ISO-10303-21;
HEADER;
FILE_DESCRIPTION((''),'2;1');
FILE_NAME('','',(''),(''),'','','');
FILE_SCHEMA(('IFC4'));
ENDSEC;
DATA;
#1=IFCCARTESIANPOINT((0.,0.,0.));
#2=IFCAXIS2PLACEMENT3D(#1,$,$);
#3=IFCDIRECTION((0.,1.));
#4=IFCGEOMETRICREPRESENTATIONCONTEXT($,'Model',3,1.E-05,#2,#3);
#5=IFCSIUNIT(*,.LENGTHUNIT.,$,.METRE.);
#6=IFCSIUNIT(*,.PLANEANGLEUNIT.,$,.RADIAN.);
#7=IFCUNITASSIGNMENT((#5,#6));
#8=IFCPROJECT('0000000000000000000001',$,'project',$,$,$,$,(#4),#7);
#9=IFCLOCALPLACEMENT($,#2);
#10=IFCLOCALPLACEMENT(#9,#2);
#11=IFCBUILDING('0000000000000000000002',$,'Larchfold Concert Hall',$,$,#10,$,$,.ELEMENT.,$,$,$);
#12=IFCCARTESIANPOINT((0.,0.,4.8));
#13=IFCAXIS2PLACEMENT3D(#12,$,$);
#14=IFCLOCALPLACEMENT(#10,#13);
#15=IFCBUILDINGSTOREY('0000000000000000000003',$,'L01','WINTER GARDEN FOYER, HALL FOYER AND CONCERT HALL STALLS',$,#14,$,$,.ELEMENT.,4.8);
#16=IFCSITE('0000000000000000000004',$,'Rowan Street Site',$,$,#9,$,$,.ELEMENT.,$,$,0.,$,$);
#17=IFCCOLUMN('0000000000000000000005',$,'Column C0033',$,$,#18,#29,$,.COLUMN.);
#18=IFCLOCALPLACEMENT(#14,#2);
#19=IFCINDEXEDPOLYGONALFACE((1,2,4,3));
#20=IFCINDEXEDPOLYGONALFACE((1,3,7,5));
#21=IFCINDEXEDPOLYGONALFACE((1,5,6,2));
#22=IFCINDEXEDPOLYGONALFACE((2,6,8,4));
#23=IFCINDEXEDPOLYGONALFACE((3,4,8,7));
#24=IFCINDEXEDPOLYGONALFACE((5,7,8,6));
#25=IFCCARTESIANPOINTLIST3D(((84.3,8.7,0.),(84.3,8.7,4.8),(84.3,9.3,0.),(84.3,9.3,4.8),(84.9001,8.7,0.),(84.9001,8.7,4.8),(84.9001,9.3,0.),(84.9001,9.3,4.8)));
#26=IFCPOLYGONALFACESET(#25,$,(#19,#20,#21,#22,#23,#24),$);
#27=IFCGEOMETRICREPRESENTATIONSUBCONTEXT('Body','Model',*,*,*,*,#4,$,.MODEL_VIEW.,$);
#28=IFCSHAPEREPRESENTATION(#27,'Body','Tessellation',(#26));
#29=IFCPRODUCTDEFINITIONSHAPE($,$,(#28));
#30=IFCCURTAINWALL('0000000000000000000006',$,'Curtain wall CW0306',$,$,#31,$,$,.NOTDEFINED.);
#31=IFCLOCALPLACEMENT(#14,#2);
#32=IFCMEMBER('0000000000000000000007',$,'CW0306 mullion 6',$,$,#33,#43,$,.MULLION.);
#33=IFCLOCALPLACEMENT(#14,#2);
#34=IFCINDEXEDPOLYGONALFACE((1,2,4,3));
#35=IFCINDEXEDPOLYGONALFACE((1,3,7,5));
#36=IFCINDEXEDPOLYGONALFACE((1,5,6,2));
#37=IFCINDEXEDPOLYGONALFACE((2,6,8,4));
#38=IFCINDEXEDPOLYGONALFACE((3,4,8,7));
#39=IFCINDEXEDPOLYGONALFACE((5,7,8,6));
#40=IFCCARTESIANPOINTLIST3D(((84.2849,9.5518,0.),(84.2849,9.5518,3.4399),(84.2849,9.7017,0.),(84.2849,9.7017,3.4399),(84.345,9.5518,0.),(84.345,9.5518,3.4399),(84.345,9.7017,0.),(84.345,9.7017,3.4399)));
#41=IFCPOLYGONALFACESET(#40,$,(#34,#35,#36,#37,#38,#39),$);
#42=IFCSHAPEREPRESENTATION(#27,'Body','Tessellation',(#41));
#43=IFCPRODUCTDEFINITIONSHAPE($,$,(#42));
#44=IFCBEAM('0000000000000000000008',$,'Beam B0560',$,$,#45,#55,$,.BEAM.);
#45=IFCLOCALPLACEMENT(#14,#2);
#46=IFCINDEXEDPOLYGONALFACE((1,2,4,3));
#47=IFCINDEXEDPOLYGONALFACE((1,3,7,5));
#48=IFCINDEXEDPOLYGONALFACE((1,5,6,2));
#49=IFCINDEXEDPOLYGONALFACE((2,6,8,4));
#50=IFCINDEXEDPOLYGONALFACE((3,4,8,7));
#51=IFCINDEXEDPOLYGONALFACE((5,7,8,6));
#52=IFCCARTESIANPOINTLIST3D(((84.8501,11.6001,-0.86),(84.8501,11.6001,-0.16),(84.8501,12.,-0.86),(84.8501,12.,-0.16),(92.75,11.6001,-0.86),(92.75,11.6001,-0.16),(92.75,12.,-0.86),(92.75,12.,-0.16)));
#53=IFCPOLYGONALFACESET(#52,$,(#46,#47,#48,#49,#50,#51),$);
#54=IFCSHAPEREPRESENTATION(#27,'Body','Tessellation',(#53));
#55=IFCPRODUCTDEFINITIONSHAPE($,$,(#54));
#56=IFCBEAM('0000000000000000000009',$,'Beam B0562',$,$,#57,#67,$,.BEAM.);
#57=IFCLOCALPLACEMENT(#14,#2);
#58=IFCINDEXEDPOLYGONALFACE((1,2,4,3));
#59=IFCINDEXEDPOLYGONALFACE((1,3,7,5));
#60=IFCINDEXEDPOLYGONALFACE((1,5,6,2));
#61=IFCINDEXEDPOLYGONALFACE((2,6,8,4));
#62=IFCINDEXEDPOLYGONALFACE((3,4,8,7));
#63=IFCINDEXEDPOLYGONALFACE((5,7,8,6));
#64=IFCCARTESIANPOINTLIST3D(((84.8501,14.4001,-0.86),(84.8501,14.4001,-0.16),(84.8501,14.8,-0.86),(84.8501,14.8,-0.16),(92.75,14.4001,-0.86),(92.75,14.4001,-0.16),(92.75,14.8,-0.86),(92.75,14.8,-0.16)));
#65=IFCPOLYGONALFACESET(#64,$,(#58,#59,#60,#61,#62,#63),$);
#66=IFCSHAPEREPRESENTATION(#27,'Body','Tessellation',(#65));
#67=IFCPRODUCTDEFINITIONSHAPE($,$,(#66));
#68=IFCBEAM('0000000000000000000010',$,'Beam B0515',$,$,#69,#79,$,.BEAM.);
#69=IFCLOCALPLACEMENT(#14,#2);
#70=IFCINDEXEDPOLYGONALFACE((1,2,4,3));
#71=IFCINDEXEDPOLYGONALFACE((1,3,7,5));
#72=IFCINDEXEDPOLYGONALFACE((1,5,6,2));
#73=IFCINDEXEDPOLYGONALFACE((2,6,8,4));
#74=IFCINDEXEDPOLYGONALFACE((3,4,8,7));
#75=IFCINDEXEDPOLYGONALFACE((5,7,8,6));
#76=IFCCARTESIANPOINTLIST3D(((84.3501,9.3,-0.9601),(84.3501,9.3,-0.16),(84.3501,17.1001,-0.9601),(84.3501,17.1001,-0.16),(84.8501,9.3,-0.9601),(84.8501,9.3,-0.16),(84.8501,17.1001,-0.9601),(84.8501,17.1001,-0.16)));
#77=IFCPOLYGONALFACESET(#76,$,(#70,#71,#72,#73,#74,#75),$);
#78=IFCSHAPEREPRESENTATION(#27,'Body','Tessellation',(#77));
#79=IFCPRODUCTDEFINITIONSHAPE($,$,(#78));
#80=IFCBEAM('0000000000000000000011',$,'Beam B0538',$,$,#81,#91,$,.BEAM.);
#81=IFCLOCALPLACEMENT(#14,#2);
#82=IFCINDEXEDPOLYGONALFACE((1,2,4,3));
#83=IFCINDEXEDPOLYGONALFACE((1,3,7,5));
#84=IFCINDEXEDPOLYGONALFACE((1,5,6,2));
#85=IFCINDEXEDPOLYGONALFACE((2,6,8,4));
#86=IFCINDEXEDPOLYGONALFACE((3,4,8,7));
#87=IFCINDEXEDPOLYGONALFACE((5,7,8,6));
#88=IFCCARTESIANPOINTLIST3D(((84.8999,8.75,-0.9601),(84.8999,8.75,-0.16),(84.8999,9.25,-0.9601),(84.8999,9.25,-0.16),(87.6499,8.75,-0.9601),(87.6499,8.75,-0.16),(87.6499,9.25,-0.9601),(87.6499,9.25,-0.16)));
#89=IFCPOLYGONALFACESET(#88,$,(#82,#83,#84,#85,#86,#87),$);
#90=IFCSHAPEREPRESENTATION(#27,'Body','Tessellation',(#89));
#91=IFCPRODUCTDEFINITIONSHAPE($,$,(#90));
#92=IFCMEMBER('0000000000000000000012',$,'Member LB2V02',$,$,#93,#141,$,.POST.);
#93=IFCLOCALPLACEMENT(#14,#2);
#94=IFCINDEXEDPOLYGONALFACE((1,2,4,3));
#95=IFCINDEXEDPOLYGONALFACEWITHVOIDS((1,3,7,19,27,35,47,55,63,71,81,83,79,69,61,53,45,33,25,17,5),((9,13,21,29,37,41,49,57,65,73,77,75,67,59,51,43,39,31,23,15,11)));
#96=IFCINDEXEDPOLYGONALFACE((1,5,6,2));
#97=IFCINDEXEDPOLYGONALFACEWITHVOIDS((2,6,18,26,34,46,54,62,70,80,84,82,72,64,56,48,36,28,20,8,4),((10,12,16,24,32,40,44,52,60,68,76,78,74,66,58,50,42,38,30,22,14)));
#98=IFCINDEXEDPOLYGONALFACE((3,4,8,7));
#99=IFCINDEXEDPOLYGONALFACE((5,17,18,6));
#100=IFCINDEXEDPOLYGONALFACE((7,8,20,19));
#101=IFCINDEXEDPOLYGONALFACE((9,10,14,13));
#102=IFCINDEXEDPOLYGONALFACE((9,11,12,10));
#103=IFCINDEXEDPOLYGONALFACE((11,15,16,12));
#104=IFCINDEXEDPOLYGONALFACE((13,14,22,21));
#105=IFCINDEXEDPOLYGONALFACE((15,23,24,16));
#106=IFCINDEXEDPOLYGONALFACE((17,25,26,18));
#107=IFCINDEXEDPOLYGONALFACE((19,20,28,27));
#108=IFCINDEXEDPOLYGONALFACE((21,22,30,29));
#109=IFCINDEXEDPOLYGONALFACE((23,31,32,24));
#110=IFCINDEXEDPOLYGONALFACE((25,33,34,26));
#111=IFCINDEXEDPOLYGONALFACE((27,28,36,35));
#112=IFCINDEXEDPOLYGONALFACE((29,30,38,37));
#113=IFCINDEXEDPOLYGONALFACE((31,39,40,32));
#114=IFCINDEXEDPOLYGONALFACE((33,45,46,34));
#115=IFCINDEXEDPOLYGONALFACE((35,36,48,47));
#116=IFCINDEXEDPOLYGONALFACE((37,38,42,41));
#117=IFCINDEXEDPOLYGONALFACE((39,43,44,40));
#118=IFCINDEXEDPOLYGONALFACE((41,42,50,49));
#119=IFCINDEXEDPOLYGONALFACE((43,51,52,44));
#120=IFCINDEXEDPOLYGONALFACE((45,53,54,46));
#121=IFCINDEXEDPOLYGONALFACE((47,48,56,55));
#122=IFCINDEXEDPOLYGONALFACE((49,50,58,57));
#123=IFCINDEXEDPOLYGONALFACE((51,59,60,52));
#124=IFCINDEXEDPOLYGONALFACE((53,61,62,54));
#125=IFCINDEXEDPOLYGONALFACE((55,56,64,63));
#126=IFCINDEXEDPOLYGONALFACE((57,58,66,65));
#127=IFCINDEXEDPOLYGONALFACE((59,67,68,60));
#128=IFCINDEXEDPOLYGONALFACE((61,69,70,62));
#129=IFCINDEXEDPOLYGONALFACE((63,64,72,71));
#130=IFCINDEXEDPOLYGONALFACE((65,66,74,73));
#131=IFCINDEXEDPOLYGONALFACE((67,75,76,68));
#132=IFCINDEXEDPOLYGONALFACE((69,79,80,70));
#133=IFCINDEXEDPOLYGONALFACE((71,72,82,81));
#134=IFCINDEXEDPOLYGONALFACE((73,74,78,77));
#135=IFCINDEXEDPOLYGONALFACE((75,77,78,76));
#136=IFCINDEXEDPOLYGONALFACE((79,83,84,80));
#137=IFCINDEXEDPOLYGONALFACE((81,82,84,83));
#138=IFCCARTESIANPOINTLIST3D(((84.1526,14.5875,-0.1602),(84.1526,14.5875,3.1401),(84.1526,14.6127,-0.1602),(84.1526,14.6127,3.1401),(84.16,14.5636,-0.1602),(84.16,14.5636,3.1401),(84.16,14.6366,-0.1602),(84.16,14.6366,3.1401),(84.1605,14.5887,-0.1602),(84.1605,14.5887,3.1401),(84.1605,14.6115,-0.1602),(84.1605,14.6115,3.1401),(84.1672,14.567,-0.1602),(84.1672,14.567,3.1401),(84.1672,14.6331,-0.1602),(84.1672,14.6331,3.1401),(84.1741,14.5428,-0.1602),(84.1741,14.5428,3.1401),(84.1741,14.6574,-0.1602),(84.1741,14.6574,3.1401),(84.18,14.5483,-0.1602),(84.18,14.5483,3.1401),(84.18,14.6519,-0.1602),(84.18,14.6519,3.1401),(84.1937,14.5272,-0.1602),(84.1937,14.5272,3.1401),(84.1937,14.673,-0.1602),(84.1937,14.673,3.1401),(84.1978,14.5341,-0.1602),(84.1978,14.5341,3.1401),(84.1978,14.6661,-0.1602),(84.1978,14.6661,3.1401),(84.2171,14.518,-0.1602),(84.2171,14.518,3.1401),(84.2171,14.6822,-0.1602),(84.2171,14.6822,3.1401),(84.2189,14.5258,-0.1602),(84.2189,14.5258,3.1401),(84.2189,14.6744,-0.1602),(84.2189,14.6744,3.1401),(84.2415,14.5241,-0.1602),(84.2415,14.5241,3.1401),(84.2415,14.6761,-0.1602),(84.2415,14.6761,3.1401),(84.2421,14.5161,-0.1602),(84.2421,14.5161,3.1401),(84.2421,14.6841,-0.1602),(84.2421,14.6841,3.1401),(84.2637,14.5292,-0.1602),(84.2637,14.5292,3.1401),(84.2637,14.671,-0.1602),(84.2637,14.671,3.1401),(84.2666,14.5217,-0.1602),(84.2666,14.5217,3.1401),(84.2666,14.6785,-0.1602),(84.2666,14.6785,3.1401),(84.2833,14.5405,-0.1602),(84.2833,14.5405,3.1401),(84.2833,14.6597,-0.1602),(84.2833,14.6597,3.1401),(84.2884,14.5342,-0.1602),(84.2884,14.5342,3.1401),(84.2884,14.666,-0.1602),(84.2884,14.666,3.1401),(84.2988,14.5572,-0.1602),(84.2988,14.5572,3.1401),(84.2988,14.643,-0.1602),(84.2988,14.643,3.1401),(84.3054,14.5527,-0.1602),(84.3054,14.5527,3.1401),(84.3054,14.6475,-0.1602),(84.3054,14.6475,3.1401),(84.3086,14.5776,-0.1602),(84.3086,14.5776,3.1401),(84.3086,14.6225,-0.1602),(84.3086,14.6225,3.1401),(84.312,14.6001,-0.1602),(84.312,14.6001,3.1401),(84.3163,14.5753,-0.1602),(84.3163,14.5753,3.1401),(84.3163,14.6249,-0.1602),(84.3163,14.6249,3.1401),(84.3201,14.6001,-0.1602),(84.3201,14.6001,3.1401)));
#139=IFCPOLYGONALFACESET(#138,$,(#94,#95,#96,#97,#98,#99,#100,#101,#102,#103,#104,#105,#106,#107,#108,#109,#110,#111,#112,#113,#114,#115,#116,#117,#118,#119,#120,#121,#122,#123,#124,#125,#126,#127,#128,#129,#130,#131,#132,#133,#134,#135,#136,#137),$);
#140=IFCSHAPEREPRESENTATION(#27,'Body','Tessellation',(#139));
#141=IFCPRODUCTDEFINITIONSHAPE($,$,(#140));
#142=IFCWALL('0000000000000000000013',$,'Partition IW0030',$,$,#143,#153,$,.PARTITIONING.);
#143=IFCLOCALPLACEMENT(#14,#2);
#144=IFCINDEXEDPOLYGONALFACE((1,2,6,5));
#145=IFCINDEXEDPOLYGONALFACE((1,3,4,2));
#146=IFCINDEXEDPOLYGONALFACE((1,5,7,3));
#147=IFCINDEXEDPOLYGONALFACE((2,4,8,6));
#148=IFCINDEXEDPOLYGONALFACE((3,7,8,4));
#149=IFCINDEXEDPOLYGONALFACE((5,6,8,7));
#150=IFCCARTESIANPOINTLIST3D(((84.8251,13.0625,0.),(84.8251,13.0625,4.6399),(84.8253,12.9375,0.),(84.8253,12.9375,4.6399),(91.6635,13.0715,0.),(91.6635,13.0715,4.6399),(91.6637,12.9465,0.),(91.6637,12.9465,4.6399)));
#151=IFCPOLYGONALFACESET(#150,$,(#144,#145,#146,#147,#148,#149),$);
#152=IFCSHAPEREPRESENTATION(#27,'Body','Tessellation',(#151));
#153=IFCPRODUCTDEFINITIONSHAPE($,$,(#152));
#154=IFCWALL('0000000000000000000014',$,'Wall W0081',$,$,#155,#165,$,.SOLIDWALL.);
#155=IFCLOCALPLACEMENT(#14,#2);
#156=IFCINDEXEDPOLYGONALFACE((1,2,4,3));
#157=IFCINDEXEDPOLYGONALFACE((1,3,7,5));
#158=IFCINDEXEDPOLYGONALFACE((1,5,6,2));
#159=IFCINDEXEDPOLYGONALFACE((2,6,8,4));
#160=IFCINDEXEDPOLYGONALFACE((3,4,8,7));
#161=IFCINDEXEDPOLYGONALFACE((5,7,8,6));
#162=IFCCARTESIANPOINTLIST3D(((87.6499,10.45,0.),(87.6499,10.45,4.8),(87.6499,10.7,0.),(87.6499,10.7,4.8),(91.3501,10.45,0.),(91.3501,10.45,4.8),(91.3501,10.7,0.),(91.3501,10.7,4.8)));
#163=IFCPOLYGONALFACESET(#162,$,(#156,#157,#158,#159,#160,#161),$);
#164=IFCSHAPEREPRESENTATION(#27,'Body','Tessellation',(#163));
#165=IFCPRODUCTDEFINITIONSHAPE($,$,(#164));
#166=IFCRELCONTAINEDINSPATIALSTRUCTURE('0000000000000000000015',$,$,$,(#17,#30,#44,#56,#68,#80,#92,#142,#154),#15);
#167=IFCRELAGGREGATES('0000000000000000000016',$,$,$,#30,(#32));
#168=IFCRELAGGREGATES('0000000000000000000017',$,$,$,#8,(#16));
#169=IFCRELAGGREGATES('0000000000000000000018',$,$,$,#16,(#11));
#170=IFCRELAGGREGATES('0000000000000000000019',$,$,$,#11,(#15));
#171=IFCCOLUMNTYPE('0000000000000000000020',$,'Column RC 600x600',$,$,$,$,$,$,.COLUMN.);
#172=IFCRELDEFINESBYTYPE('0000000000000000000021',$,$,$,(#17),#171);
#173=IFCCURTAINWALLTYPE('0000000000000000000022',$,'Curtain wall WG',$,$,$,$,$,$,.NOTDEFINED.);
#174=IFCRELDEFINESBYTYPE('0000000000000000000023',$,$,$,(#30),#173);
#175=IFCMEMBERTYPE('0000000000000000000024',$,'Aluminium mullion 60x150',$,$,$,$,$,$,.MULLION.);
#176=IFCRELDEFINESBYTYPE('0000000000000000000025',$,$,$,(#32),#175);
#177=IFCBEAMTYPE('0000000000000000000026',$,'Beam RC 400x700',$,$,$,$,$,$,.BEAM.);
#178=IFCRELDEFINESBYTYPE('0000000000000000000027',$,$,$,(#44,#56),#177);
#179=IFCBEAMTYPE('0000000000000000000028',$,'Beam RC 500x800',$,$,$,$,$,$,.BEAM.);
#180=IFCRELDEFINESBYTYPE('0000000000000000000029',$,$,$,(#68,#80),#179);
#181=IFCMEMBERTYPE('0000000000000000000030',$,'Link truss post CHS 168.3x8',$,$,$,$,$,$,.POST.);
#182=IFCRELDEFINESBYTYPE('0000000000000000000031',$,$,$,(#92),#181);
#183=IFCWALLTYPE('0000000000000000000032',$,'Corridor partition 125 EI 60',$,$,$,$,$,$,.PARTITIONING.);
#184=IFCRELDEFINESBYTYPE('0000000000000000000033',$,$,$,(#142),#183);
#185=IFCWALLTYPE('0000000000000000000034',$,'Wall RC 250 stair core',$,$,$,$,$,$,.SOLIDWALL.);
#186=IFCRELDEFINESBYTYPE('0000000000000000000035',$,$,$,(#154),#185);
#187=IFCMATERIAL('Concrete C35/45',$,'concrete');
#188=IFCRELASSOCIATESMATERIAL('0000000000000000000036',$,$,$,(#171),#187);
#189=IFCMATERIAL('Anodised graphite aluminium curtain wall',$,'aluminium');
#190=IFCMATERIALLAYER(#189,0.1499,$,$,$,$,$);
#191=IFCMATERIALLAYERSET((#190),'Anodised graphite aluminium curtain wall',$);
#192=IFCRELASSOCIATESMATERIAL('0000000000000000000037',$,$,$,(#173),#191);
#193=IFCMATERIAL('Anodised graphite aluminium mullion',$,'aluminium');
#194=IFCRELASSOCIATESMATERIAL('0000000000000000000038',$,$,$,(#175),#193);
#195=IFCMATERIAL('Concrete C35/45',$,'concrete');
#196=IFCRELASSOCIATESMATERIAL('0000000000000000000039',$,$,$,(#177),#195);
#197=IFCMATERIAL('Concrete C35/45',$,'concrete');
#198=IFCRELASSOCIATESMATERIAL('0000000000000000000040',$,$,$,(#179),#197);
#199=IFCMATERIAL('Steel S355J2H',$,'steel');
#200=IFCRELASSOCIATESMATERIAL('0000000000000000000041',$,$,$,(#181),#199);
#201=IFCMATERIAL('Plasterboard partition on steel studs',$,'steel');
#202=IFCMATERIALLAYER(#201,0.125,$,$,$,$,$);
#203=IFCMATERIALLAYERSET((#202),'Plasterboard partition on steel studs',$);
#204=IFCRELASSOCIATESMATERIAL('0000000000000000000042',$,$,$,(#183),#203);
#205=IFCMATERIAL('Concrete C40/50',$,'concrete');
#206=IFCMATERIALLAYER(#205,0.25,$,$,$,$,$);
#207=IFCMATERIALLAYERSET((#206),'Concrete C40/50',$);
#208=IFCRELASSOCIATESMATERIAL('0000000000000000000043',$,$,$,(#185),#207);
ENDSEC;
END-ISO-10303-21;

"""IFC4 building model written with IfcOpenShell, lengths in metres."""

from ifc_helpers import new_model, si_unit, direction, frame, frame_2d, origin, origin_2d, place, context, subcontext, project, spatial, rectangle, hollow_circle, extrude, material, layer, layer_set, material_profile, profile_set, type_object, element, aggregate, save


model = new_model("IFC4")

# Units and contexts
model_context = context("Model", 3, precision=1e-05, world=origin(), true_north=direction((0.0, 1.0)))
body_context = subcontext(model_context, "Body", "Model", "MODEL_VIEW")
ifc_project = project(units=[si_unit("LENGTHUNIT", "METRE"), si_unit("PLANEANGLEUNIT", "RADIAN")], contexts=[model_context])

# Site, building, storey
site_placement = place(None, origin())
site = spatial("IfcSite", under=ifc_project, at=site_placement, Name="Rowan Street Site", CompositionType="ELEMENT", RefElevation=0.0)
building_placement = place(site_placement, origin())
building = spatial("IfcBuilding", under=site, at=building_placement, Name="Larchfold Concert Hall", CompositionType="ELEMENT")
storey_placement = place(building_placement, frame((0.0, 0.0, 4.8)))
storey = spatial("IfcBuildingStorey", under=building, at=storey_placement, Name="L01", Description="WINTER GARDEN FOYER, HALL FOYER AND CONCERT HALL STALLS", CompositionType="ELEMENT", Elevation=4.8)

# Column
ifc_material_1 = material(Name="Concrete C35/45", Category="concrete")
ifc_material_profile_1 = material_profile(ifc_material_1, rectangle(XDim=0.6001, YDim=0.6001, at=origin_2d()))
ifc_profile_set_1 = profile_set([ifc_material_profile_1], Name="Concrete C35/45")
column_type = type_object("IfcColumnType", Name="Column RC 600x600", PredefinedType="COLUMN", material=ifc_profile_set_1)
column_placement = place(storey_placement, frame((84.6001, 9.0, 0.0), z_axis=(0.0, 0.0, 1.0), x_axis=(1.0, 0.0, 0.0)))
element("IfcColumn", 1, at=column_placement, inside=storey, type_object=column_type, Name="Column C0033", PredefinedType="COLUMN", context=body_context, shape_type="SweptSolid", body=[
    extrude(rectangle(XDim=0.6001, YDim=0.6001, at=origin_2d()), origin(), (0.0, 0.0, 1.0), 4.8),
])

# Curtain wall, member
ifc_material_2 = material(Name="Anodised graphite aluminium curtain wall", Category="aluminium")
ifc_layer_1 = layer(ifc_material_2, 0.1499)
ifc_layer_set_1 = layer_set([ifc_layer_1], Name="Anodised graphite aluminium curtain wall")
curtain_wall_type = type_object("IfcCurtainWallType", Name="Curtain wall WG", PredefinedType="NOTDEFINED", material=ifc_layer_set_1)
curtain_wall_placement = place(storey_placement, origin())
curtain_wall = element("IfcCurtainWall", 2, at=curtain_wall_placement, inside=storey, type_object=curtain_wall_type, Name="Curtain wall CW0306", PredefinedType="NOTDEFINED")
ifc_material_3 = material(Name="Anodised graphite aluminium mullion", Category="aluminium")
ifc_material_profile_2 = material_profile(ifc_material_3, rectangle(XDim=0.1499, YDim=0.0601, at=origin_2d()))
ifc_profile_set_2 = profile_set([ifc_material_profile_2], Name="Anodised graphite aluminium mullion")
member_type_1 = type_object("IfcMemberType", Name="Aluminium mullion 60x150", PredefinedType="MULLION", material=ifc_profile_set_2)
member_1_placement = place(storey_placement, frame((84.3149, 9.6267, 0.0), z_axis=(0.0, 0.0, 1.0), x_axis=(0.0, 1.0, 0.0)))
member_1 = element("IfcMember", 3, at=member_1_placement, type_object=member_type_1, Name="CW0306 mullion 6", PredefinedType="MULLION", context=body_context, shape_type="SweptSolid", body=[
    extrude(rectangle(XDim=0.1499, YDim=0.0601, at=origin_2d()), origin(), (0.0, 0.0, 1.0), 3.4399),
])
aggregate(curtain_wall, [member_1])

# Beams
ifc_material_4 = material(Name="Concrete C35/45", Category="concrete")
ifc_material_profile_3 = material_profile(ifc_material_4, rectangle(XDim=0.3999, YDim=0.7, at=origin_2d()))
ifc_profile_set_3 = profile_set([ifc_material_profile_3], Name="Concrete C35/45")
beam_type_1 = type_object("IfcBeamType", Name="Beam RC 400x700", PredefinedType="BEAM", material=ifc_profile_set_3)
for number, where, z_axis, x_axis, name in (
    (4, (84.8501, 11.8, -0.51), (1.0, 0.0, 0.0), (0.0, 1.0, 0.0), "Beam B0560"),
    (5, (84.8501, 14.6001, -0.51), (1.0, 0.0, 0.0), (0.0, 1.0, 0.0), "Beam B0562"),
):
    element("IfcBeam", number, at=place(storey_placement, frame(where, z_axis=z_axis, x_axis=x_axis)), inside=storey, type_object=beam_type_1, Name=name, PredefinedType="BEAM", context=body_context, shape_type="SweptSolid", body=[
        extrude(rectangle(XDim=0.3999, YDim=0.7, at=origin_2d()), origin(), (0.0, 0.0, 1.0), 7.8999),
    ])
ifc_material_5 = material(Name="Concrete C35/45", Category="concrete")
ifc_material_profile_4 = material_profile(ifc_material_5, rectangle(XDim=0.5, YDim=0.8, at=origin_2d()))
ifc_profile_set_4 = profile_set([ifc_material_profile_4], Name="Concrete C35/45")
beam_type_2 = type_object("IfcBeamType", Name="Beam RC 500x800", PredefinedType="BEAM", material=ifc_profile_set_4)
beam_1_placement = place(storey_placement, frame((84.6001, 9.3, -0.5601), z_axis=(0.0, 1.0, 0.0), x_axis=(-1.0, 0.0, 0.0)))
element("IfcBeam", 6, at=beam_1_placement, inside=storey, type_object=beam_type_2, Name="Beam B0515", PredefinedType="BEAM", context=body_context, shape_type="SweptSolid", body=[
    extrude(rectangle(XDim=0.5, YDim=0.8, at=origin_2d()), origin(), (0.0, 0.0, 1.0), 7.8),
])
beam_2_placement = place(storey_placement, frame((84.8999, 9.0, -0.5601), z_axis=(1.0, 0.0, 0.0), x_axis=(0.0, 1.0, 0.0)))
element("IfcBeam", 7, at=beam_2_placement, inside=storey, type_object=beam_type_2, Name="Beam B0538", PredefinedType="BEAM", context=body_context, shape_type="SweptSolid", body=[
    extrude(rectangle(XDim=0.5, YDim=0.8, at=origin_2d()), origin(), (0.0, 0.0, 1.0), 2.75),
])

# Member
ifc_material_6 = material(Name="Steel S355J2H", Category="steel")
ifc_material_profile_5 = material_profile(ifc_material_6, hollow_circle(Radius=0.0842, WallThickness=0.0081, at=origin_2d()))
ifc_profile_set_5 = profile_set([ifc_material_profile_5], Name="Steel S355J2H")
member_type_2 = type_object("IfcMemberType", Name="Link truss post CHS 168.3x8", PredefinedType="POST", material=ifc_profile_set_5)
member_2_placement = place(storey_placement, frame((84.2358, 14.6001, -0.1602), z_axis=(0.0, 0.0, 1.0), x_axis=(1.0, 0.0, 0.0)))
element("IfcMember", 8, at=member_2_placement, inside=storey, type_object=member_type_2, Name="Member LB2V02", PredefinedType="POST", context=body_context, shape_type="SweptSolid", body=[
    extrude(hollow_circle(Radius=0.0842, WallThickness=0.0081, at=origin_2d()), origin(), (0.0, 0.0, 1.0), 3.3003),
])

# Walls
ifc_material_7 = material(Name="Plasterboard partition on steel studs", Category="steel")
ifc_layer_2 = layer(ifc_material_7, 0.125)
ifc_layer_set_2 = layer_set([ifc_layer_2], Name="Plasterboard partition on steel studs")
wall_type_1 = type_object("IfcWallType", Name="Corridor partition 125 EI 60", PredefinedType="PARTITIONING", material=ifc_layer_set_2)
wall_1_placement = place(storey_placement, frame((84.8252, 13.0, 0.0), z_axis=(0.0, 0.0, 1.0), x_axis=(0.999999, 0.001321, 0.0)))
element("IfcWall", 9, at=wall_1_placement, inside=storey, type_object=wall_type_1, Name="Partition IW0030", PredefinedType="PARTITIONING", context=body_context, shape_type="SweptSolid", body=[
    extrude(rectangle(XDim=6.8384, YDim=0.125, at=frame_2d((3.4192, 0.0))), origin(), (0.0, 0.0, 1.0), 4.6399),
])
ifc_material_8 = material(Name="Concrete C40/50", Category="concrete")
ifc_layer_3 = layer(ifc_material_8, 0.25)
ifc_layer_set_3 = layer_set([ifc_layer_3], Name="Concrete C40/50")
wall_type_2 = type_object("IfcWallType", Name="Wall RC 250 stair core", PredefinedType="SOLIDWALL", material=ifc_layer_set_3)
wall_2_placement = place(storey_placement, frame((87.6499, 10.575, 0.0), z_axis=(0.0, 0.0, 1.0), x_axis=(1.0, 0.0, 0.0)))
element("IfcWall", 10, at=wall_2_placement, inside=storey, type_object=wall_type_2, Name="Wall W0081", PredefinedType="SOLIDWALL", context=body_context, shape_type="SweptSolid", body=[
    extrude(rectangle(XDim=3.7002, YDim=0.25, at=frame_2d((1.8501, 0.0))), origin(), (0.0, 0.0, 1.0), 4.8),
])

save(model, "model.ifc")
